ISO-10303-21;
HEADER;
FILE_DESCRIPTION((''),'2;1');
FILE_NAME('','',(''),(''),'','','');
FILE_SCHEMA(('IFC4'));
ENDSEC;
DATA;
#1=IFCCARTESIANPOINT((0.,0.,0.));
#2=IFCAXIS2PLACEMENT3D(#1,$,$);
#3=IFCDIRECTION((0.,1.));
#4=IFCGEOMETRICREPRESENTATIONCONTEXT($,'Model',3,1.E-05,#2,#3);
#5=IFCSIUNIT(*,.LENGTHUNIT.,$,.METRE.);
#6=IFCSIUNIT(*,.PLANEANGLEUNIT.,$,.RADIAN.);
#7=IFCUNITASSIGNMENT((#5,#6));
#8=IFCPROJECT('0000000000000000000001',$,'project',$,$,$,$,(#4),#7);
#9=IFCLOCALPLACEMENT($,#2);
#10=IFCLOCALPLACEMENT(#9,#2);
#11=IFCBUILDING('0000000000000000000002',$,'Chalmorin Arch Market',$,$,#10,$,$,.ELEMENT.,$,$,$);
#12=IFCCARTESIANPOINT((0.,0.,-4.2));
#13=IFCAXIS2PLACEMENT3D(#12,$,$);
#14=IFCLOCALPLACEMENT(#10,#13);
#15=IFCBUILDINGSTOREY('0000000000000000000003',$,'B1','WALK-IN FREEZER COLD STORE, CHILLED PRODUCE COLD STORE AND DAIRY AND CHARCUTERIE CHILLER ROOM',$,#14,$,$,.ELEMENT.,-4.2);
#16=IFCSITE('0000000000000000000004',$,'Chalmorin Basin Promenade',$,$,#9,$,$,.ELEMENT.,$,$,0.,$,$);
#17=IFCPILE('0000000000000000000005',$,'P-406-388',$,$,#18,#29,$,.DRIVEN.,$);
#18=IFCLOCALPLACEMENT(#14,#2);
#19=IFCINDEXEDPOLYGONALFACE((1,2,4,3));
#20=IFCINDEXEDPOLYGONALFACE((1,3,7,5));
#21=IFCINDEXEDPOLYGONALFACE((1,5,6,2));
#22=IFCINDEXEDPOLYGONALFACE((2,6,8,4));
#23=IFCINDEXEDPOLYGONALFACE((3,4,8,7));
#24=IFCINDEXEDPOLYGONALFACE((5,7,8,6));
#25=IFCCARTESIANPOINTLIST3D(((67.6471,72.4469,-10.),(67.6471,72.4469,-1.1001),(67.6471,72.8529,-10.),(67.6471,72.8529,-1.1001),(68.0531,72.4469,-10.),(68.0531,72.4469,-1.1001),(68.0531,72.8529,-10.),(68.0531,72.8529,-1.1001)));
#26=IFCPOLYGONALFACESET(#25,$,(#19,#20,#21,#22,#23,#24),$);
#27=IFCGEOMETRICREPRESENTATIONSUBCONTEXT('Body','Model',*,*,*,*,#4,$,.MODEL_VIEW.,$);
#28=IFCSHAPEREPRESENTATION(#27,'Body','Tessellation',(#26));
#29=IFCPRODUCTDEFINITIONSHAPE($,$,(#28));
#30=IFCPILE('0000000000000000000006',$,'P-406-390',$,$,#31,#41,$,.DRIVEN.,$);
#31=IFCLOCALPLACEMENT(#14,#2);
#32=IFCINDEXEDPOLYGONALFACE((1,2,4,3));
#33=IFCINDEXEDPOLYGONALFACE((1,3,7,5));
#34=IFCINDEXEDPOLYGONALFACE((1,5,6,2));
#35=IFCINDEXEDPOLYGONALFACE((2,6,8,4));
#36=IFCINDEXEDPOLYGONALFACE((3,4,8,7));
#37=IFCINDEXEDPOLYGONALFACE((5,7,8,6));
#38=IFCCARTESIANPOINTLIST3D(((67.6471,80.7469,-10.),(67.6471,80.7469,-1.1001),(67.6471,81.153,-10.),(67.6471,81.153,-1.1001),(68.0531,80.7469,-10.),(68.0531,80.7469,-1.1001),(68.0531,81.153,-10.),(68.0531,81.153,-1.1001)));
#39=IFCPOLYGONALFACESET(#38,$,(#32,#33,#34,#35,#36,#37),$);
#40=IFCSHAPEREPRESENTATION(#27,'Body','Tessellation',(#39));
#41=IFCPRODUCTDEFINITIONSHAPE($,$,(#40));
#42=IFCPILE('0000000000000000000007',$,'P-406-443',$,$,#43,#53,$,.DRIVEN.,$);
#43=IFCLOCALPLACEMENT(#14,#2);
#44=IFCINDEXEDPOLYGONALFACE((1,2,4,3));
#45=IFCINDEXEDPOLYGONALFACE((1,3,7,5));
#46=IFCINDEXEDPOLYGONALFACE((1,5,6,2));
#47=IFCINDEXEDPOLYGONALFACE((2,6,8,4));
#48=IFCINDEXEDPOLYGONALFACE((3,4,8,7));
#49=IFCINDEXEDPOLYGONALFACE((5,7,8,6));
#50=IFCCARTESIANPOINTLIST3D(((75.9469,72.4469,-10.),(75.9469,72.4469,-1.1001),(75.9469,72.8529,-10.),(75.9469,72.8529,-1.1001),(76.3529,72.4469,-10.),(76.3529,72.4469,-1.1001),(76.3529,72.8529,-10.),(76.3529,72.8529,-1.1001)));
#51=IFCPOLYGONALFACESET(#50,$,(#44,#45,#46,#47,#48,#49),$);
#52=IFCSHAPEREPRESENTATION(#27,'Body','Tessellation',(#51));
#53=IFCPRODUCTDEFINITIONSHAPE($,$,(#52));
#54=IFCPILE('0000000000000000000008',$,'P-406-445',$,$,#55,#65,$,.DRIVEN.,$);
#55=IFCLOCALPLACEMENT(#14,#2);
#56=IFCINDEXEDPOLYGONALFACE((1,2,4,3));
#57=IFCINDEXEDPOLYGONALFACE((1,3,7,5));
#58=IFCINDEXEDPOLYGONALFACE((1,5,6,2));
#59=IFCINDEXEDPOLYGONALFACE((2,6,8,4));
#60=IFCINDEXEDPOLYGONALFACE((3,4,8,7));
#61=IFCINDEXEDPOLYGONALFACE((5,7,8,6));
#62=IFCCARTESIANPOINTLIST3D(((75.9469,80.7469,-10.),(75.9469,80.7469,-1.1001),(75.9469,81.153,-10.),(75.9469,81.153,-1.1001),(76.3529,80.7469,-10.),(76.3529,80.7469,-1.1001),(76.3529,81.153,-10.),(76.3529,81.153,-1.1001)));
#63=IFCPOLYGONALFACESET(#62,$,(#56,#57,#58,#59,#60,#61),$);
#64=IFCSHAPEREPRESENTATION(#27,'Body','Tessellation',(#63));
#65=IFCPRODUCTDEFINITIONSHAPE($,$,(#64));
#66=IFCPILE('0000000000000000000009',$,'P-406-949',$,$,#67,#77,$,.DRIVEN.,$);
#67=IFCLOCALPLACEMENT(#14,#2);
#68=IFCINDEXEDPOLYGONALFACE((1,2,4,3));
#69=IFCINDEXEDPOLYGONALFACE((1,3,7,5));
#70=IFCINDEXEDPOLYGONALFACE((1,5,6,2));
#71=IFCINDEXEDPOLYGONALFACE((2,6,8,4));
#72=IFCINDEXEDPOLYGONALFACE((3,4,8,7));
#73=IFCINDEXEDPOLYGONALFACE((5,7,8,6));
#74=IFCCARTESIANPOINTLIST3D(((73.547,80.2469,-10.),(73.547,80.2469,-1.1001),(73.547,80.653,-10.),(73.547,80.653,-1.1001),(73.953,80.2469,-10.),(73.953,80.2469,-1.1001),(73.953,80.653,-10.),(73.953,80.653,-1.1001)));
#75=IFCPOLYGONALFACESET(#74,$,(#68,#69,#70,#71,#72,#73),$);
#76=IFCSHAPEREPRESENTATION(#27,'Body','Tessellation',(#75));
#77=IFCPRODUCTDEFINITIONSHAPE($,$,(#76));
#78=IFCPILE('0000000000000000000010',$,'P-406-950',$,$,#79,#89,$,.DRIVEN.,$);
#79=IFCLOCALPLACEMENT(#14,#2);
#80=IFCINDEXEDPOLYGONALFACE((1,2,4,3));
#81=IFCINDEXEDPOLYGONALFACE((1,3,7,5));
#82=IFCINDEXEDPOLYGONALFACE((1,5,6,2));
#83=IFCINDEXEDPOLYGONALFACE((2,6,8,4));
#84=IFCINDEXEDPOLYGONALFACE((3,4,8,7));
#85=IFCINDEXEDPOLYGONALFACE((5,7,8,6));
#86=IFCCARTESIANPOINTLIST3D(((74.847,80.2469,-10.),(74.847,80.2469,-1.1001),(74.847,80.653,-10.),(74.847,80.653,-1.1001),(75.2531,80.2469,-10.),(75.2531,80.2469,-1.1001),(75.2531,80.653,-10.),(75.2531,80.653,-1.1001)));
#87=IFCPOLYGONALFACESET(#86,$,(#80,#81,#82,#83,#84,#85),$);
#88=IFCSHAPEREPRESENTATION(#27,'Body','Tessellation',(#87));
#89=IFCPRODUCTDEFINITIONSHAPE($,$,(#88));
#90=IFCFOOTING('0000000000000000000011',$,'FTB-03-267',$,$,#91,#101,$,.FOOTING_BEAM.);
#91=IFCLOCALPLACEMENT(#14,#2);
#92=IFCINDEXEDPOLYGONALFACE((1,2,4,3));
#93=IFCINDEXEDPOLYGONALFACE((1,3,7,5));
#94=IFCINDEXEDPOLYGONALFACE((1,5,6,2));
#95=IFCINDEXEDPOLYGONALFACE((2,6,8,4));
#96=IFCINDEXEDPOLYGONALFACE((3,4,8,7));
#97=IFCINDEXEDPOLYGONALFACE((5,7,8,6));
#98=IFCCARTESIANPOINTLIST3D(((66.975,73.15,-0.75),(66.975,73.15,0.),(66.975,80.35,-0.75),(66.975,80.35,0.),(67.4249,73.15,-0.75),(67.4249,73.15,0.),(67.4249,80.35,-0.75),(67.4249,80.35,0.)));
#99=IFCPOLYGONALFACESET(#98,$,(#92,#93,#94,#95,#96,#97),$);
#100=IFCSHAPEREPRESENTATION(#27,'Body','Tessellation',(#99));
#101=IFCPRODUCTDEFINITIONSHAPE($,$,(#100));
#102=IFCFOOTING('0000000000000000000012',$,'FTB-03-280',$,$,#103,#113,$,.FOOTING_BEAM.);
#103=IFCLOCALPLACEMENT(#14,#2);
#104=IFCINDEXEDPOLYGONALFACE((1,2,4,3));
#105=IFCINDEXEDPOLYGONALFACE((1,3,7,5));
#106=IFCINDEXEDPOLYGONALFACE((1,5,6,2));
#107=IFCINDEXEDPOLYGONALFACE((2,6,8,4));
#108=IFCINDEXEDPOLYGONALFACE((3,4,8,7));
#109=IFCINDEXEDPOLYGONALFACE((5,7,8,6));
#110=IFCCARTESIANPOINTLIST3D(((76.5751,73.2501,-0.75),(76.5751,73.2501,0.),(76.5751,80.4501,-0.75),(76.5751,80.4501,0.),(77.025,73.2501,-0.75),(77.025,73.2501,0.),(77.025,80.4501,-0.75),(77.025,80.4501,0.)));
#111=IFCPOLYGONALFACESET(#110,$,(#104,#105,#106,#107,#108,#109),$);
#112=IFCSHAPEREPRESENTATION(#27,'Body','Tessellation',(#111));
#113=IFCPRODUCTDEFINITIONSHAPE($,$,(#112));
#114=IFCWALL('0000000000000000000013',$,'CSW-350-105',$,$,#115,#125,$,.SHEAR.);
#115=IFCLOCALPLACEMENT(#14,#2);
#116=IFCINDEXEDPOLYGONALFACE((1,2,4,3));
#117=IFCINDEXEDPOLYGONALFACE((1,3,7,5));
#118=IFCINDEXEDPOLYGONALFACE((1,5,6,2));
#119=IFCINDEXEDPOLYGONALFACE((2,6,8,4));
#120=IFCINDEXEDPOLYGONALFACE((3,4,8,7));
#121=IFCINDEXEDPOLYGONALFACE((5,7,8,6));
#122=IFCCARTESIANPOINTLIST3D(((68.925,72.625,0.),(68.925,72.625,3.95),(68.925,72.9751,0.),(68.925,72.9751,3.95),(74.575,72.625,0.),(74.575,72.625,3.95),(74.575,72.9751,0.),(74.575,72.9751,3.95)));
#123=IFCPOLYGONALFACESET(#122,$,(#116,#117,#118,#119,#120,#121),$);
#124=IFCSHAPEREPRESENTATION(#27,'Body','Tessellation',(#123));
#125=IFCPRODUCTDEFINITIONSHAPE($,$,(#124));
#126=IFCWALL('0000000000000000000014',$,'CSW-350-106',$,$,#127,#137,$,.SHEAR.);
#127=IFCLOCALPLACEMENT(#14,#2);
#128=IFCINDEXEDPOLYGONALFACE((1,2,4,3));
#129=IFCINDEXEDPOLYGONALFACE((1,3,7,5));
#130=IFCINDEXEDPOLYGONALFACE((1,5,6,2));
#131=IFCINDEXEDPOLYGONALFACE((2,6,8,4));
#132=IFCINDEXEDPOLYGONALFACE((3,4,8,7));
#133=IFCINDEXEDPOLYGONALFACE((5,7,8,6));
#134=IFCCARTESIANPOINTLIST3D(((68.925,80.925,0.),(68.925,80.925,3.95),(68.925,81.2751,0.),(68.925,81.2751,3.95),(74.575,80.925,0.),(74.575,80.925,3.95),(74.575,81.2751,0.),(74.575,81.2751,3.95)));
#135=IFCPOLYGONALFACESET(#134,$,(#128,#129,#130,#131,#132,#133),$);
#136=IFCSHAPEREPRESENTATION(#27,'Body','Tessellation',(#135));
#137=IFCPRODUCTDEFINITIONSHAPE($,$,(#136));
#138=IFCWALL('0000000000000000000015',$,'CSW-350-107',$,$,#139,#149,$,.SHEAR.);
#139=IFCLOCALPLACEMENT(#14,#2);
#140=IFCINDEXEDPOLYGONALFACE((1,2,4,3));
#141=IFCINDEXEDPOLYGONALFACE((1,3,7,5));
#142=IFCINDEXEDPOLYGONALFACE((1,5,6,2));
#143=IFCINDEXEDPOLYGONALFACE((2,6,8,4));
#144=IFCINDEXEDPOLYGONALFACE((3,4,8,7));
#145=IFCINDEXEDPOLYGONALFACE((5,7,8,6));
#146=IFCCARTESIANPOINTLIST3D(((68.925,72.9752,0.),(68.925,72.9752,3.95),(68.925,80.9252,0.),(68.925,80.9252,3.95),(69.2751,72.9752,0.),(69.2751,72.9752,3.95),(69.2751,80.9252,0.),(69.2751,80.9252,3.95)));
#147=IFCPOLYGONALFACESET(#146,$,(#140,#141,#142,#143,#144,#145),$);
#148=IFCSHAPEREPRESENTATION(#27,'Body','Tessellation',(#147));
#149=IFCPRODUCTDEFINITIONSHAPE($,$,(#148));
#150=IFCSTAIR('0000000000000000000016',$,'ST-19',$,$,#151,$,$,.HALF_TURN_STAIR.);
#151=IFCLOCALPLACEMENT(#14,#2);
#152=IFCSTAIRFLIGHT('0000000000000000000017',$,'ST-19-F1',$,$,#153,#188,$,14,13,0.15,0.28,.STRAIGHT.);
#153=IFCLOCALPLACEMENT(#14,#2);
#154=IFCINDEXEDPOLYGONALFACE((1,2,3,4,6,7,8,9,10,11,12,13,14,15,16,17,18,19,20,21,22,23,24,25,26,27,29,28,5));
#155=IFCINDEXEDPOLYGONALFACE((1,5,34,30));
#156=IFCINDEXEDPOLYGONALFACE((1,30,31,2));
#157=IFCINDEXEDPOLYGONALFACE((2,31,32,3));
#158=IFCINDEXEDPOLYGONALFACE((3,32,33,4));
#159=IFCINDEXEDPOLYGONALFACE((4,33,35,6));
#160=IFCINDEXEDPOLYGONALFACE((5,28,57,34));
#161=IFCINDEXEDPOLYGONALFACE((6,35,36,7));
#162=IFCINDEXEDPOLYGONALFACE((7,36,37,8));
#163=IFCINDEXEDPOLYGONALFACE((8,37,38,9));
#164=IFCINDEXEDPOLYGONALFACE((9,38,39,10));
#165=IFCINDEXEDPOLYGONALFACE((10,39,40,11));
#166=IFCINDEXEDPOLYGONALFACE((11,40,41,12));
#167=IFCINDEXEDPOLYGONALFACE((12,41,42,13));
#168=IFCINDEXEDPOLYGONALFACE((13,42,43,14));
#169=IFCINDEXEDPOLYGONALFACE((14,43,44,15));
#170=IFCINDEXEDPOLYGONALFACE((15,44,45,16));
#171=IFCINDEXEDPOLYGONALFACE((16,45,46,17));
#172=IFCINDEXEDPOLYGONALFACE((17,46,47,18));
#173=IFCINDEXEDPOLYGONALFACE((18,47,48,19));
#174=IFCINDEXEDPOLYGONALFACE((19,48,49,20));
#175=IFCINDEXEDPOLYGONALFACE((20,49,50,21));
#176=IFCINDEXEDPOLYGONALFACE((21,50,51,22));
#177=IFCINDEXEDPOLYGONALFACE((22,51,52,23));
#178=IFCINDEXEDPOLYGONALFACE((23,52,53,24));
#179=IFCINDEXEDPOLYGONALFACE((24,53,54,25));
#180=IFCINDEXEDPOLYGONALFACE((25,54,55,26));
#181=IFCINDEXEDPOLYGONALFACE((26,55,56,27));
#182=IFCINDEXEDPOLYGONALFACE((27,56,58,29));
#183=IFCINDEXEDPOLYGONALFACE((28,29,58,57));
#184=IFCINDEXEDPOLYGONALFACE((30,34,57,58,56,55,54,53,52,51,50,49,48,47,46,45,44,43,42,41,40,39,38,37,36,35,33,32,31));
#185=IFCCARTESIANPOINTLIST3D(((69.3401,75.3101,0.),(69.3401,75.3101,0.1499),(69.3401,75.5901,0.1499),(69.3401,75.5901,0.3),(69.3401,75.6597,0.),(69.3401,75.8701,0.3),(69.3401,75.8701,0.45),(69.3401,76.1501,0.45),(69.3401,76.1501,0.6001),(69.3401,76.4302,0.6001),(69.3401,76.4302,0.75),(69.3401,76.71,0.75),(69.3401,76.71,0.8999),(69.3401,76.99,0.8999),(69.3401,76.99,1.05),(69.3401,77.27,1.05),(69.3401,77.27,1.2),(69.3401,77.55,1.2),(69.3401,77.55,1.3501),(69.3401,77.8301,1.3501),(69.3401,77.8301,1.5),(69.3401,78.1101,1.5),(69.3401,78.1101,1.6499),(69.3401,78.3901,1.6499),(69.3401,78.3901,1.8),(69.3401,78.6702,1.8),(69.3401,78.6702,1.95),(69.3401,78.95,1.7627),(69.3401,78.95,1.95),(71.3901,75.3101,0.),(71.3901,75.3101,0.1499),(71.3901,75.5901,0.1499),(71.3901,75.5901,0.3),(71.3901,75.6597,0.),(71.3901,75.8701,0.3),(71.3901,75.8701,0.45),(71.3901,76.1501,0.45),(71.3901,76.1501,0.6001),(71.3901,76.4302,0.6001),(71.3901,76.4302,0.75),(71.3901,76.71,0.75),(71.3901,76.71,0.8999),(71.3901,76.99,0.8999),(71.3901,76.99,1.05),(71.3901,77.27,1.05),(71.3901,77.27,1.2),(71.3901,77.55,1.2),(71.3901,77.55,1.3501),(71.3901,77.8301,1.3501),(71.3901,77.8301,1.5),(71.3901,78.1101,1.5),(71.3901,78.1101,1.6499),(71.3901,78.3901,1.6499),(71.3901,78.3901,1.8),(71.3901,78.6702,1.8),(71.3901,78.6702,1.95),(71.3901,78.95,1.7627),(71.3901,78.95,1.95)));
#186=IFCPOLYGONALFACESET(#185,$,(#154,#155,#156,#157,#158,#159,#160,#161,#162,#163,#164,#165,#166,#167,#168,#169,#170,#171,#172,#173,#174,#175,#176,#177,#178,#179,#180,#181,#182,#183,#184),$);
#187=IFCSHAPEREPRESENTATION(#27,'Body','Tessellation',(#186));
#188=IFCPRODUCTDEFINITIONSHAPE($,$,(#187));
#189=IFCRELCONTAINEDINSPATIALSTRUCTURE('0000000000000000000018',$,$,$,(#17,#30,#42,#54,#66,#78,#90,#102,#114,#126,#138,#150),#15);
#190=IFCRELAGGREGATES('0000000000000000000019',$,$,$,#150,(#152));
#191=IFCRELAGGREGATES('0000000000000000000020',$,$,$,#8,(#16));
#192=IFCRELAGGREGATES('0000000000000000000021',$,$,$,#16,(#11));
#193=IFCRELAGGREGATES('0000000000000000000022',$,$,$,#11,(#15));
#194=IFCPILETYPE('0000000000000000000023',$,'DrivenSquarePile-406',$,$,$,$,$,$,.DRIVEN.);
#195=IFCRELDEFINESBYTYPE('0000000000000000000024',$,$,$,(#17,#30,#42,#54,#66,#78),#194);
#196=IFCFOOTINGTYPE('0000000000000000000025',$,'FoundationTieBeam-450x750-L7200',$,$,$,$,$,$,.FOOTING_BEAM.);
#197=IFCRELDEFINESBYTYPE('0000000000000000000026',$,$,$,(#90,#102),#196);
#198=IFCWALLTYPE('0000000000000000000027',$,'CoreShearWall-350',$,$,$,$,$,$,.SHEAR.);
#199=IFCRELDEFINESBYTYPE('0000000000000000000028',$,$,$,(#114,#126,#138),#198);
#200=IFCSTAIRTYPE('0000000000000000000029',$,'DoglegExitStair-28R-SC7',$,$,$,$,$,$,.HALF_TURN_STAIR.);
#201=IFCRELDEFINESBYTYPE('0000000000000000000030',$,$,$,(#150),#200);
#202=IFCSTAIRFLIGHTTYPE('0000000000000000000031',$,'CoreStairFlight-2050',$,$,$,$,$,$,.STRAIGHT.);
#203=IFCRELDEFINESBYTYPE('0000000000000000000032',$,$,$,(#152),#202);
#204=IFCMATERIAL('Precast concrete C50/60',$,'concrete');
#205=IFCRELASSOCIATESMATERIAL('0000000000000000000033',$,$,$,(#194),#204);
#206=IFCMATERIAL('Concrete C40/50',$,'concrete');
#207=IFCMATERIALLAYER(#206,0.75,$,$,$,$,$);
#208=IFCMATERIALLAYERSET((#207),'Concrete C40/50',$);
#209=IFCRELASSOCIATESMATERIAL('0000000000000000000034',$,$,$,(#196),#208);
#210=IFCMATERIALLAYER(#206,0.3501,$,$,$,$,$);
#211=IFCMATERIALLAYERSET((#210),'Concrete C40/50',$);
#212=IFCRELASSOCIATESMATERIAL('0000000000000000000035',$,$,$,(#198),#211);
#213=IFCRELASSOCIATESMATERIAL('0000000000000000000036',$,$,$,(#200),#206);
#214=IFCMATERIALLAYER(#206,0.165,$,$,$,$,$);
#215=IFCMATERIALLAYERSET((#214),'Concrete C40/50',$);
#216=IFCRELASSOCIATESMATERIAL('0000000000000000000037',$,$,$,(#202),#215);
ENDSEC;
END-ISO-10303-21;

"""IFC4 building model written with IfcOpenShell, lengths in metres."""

from ifc_helpers import new_model, si_unit, direction, frame, frame_2d, origin, origin_2d, place, context, subcontext, project, spatial, polyline, rectangle, outline, extrude, material, layer, layer_set, material_profile, profile_set, type_object, element, aggregate, save


model = new_model("IFC4")

# Units and contexts
model_context = context("Model", 3, precision=1e-05, world=origin(), true_north=direction((0.0, 1.0)))
body_context = subcontext(model_context, "Body", "Model", "MODEL_VIEW")
ifc_project = project(units=[si_unit("LENGTHUNIT", "METRE"), si_unit("PLANEANGLEUNIT", "RADIAN")], contexts=[model_context])

# Site, building, storey
site_placement = place(None, origin())
site = spatial("IfcSite", under=ifc_project, at=site_placement, Name="Chalmorin Basin Promenade", CompositionType="ELEMENT", RefElevation=0.0)
building_placement = place(site_placement, origin())
building = spatial("IfcBuilding", under=site, at=building_placement, Name="Chalmorin Arch Market", CompositionType="ELEMENT")
storey_placement = place(building_placement, frame((0.0, 0.0, -4.2)))
storey = spatial("IfcBuildingStorey", under=building, at=storey_placement, Name="B1", Description="WALK-IN FREEZER COLD STORE, CHILLED PRODUCE COLD STORE AND DAIRY AND CHARCUTERIE CHILLER ROOM", CompositionType="ELEMENT", Elevation=-4.2)

# Piles
ifc_material_1 = material(Name="Precast concrete C50/60", Category="concrete")
ifc_material_profile = material_profile(ifc_material_1, rectangle(XDim=0.406, YDim=0.406, at=origin_2d()), Name="PPC406")
ifc_profile_set = profile_set([ifc_material_profile], Name="Precast concrete C50/60")
pile_type = type_object("IfcPileType", Name="DrivenSquarePile-406", PredefinedType="DRIVEN", material=ifc_profile_set)
for number, where, z_axis, x_axis, name in (
    (1, (67.8501, 72.6499, -1.1001), (0.0, 0.0, -1.0), (1.0, 0.0, 0.0), "P-406-388"),
    (2, (67.8501, 80.95, -1.1001), (0.0, 0.0, -1.0), (1.0, 0.0, 0.0), "P-406-390"),
    (3, (76.1499, 72.6499, -1.1001), (0.0, 0.0, -1.0), (1.0, 0.0, 0.0), "P-406-443"),
    (4, (76.1499, 80.95, -1.1001), (0.0, 0.0, -1.0), (1.0, 0.0, 0.0), "P-406-445"),
    (5, (73.75, 80.45, -1.1001), (0.0, 0.0, -1.0), (1.0, 0.0, 0.0), "P-406-949"),
    (6, (75.05, 80.45, -1.1001), (0.0, 0.0, -1.0), (1.0, 0.0, 0.0), "P-406-950"),
):
    element("IfcPile", number, at=place(storey_placement, frame(where, z_axis=z_axis, x_axis=x_axis)), inside=storey, type_object=pile_type, Name=name, PredefinedType="DRIVEN", context=body_context, shape_type="SweptSolid", body=[
        extrude(rectangle(XDim=0.406, YDim=0.406, at=origin_2d()), origin(), (0.0, 0.0, 1.0), 8.8999),
    ])

# Footings
ifc_material_2 = material(Name="Concrete C40/50", Category="concrete")
ifc_layer_1 = layer(ifc_material_2, 0.75)
ifc_layer_set_1 = layer_set([ifc_layer_1], Name="Concrete C40/50")
footing_type = type_object("IfcFootingType", Name="FoundationTieBeam-450x750-L7200", PredefinedType="FOOTING_BEAM", material=ifc_layer_set_1)
for number, where, z_axis, x_axis, name in (
    (7, (67.2, 76.75, -0.75), (0.0, 0.0, 1.0), (0.0, 1.0, 0.0), "FTB-03-267"),
    (8, (76.8, 76.8501, -0.75), (0.0, 0.0, 1.0), (0.0, 1.0, 0.0), "FTB-03-280"),
):
    element("IfcFooting", number, at=place(storey_placement, frame(where, z_axis=z_axis, x_axis=x_axis)), inside=storey, type_object=footing_type, Name=name, PredefinedType="FOOTING_BEAM", context=body_context, shape_type="SweptSolid", body=[
        extrude(rectangle(XDim=7.2, YDim=0.45, at=origin_2d()), origin(), (0.0, 0.0, 1.0), 0.75),
    ])

# Walls
ifc_layer_2 = layer(ifc_material_2, 0.3501)
ifc_layer_set_2 = layer_set([ifc_layer_2], Name="Concrete C40/50")
wall_type = type_object("IfcWallType", Name="CoreShearWall-350", PredefinedType="SHEAR", material=ifc_layer_set_2)
for number, where, z_axis, x_axis, name in (
    (9, (74.575, 72.8, 0.0), (0.0, 0.0, 1.0), (-1.0, 0.0, 0.0), "CSW-350-105"),
    (10, (68.925, 81.1001, 0.0), (0.0, 0.0, 1.0), (1.0, 0.0, 0.0), "CSW-350-106"),
):
    element("IfcWall", number, at=place(storey_placement, frame(where, z_axis=z_axis, x_axis=x_axis)), inside=storey, type_object=wall_type, Name=name, PredefinedType="SHEAR", context=body_context, shape_type="SweptSolid", body=[
        extrude(rectangle(XDim=5.6499, YDim=0.3501, at=frame_2d((2.825, 0.0))), origin(), (0.0, 0.0, 1.0), 3.95),
    ])
wall_1_placement = place(storey_placement, frame((69.1001, 72.9751, 0.0), z_axis=(0.0, 0.0, 1.0), x_axis=(0.0, 1.0, 0.0)))
element("IfcWall", 11, at=wall_1_placement, inside=storey, type_object=wall_type, Name="CSW-350-107", PredefinedType="SHEAR", context=body_context, shape_type="SweptSolid", body=[
    extrude(rectangle(XDim=7.95, YDim=0.3501, at=frame_2d((3.9751, 0.0))), origin(), (0.0, 0.0, 1.0), 3.95),
])

# Stair, stair flight
stair_type = type_object("IfcStairType", Name="DoglegExitStair-28R-SC7", PredefinedType="HALF_TURN_STAIR", material=ifc_material_2)
stair_placement = place(storey_placement, origin())
stair = element("IfcStair", 12, at=stair_placement, inside=storey, type_object=stair_type, Name="ST-19", PredefinedType="HALF_TURN_STAIR")
ifc_layer_3 = layer(ifc_material_2, 0.165)
ifc_layer_set_3 = layer_set([ifc_layer_3], Name="Concrete C40/50")
stair_flight_type = type_object("IfcStairFlightType", Name="CoreStairFlight-2050", PredefinedType="STRAIGHT", material=ifc_layer_set_3)
stair_flight_1_placement = place(storey_placement, frame((70.365, 75.3101, 0.0), z_axis=(0.0, 0.0, 1.0), x_axis=(0.0, 1.0, 0.0)))
stair_flight_1 = element("IfcStairFlight", 13, at=stair_flight_1_placement, type_object=stair_flight_type, Name="ST-19-F1", NumberOfRisers=14, NumberOfTreads=13, PredefinedType="STRAIGHT", RiserHeight=0.15, TreadLength=0.28, context=body_context, shape_type="SweptSolid", body=[
    extrude(outline(polyline([(0.0, 0.0), (0.0, 0.1499), (0.28, 0.1499), (0.28, 0.3), (0.5601, 0.3), (0.5601, 0.45), (0.8401, 0.45), (0.8401, 0.6001), (1.1201, 0.6001), (1.1201, 0.75), (1.3999, 0.75), (1.3999, 0.8999), (1.6799, 0.8999), (1.6799, 1.05), (1.96, 1.05), (1.96, 1.2), (2.24, 1.2), (2.24, 1.3501), (2.52, 1.3501), (2.52, 1.5), (2.8, 1.5), (2.8, 1.6499), (3.0801, 1.6499), (3.0801, 1.8), (3.3601, 1.8), (3.3601, 1.95), (3.6399, 1.95), (3.6399, 2.1001), (3.6399, 1.7627), (0.3496, 0.0), (0.0, 0.0)])), frame((0.0, 1.0249, 0.0), z_axis=(0.0, -1.0, 0.0), x_axis=(1.0, 0.0, 0.0)), (0.0, 0.0, 1.0), 2.05),
])
aggregate(stair, [stair_flight_1])

save(model, "model.ifc")
